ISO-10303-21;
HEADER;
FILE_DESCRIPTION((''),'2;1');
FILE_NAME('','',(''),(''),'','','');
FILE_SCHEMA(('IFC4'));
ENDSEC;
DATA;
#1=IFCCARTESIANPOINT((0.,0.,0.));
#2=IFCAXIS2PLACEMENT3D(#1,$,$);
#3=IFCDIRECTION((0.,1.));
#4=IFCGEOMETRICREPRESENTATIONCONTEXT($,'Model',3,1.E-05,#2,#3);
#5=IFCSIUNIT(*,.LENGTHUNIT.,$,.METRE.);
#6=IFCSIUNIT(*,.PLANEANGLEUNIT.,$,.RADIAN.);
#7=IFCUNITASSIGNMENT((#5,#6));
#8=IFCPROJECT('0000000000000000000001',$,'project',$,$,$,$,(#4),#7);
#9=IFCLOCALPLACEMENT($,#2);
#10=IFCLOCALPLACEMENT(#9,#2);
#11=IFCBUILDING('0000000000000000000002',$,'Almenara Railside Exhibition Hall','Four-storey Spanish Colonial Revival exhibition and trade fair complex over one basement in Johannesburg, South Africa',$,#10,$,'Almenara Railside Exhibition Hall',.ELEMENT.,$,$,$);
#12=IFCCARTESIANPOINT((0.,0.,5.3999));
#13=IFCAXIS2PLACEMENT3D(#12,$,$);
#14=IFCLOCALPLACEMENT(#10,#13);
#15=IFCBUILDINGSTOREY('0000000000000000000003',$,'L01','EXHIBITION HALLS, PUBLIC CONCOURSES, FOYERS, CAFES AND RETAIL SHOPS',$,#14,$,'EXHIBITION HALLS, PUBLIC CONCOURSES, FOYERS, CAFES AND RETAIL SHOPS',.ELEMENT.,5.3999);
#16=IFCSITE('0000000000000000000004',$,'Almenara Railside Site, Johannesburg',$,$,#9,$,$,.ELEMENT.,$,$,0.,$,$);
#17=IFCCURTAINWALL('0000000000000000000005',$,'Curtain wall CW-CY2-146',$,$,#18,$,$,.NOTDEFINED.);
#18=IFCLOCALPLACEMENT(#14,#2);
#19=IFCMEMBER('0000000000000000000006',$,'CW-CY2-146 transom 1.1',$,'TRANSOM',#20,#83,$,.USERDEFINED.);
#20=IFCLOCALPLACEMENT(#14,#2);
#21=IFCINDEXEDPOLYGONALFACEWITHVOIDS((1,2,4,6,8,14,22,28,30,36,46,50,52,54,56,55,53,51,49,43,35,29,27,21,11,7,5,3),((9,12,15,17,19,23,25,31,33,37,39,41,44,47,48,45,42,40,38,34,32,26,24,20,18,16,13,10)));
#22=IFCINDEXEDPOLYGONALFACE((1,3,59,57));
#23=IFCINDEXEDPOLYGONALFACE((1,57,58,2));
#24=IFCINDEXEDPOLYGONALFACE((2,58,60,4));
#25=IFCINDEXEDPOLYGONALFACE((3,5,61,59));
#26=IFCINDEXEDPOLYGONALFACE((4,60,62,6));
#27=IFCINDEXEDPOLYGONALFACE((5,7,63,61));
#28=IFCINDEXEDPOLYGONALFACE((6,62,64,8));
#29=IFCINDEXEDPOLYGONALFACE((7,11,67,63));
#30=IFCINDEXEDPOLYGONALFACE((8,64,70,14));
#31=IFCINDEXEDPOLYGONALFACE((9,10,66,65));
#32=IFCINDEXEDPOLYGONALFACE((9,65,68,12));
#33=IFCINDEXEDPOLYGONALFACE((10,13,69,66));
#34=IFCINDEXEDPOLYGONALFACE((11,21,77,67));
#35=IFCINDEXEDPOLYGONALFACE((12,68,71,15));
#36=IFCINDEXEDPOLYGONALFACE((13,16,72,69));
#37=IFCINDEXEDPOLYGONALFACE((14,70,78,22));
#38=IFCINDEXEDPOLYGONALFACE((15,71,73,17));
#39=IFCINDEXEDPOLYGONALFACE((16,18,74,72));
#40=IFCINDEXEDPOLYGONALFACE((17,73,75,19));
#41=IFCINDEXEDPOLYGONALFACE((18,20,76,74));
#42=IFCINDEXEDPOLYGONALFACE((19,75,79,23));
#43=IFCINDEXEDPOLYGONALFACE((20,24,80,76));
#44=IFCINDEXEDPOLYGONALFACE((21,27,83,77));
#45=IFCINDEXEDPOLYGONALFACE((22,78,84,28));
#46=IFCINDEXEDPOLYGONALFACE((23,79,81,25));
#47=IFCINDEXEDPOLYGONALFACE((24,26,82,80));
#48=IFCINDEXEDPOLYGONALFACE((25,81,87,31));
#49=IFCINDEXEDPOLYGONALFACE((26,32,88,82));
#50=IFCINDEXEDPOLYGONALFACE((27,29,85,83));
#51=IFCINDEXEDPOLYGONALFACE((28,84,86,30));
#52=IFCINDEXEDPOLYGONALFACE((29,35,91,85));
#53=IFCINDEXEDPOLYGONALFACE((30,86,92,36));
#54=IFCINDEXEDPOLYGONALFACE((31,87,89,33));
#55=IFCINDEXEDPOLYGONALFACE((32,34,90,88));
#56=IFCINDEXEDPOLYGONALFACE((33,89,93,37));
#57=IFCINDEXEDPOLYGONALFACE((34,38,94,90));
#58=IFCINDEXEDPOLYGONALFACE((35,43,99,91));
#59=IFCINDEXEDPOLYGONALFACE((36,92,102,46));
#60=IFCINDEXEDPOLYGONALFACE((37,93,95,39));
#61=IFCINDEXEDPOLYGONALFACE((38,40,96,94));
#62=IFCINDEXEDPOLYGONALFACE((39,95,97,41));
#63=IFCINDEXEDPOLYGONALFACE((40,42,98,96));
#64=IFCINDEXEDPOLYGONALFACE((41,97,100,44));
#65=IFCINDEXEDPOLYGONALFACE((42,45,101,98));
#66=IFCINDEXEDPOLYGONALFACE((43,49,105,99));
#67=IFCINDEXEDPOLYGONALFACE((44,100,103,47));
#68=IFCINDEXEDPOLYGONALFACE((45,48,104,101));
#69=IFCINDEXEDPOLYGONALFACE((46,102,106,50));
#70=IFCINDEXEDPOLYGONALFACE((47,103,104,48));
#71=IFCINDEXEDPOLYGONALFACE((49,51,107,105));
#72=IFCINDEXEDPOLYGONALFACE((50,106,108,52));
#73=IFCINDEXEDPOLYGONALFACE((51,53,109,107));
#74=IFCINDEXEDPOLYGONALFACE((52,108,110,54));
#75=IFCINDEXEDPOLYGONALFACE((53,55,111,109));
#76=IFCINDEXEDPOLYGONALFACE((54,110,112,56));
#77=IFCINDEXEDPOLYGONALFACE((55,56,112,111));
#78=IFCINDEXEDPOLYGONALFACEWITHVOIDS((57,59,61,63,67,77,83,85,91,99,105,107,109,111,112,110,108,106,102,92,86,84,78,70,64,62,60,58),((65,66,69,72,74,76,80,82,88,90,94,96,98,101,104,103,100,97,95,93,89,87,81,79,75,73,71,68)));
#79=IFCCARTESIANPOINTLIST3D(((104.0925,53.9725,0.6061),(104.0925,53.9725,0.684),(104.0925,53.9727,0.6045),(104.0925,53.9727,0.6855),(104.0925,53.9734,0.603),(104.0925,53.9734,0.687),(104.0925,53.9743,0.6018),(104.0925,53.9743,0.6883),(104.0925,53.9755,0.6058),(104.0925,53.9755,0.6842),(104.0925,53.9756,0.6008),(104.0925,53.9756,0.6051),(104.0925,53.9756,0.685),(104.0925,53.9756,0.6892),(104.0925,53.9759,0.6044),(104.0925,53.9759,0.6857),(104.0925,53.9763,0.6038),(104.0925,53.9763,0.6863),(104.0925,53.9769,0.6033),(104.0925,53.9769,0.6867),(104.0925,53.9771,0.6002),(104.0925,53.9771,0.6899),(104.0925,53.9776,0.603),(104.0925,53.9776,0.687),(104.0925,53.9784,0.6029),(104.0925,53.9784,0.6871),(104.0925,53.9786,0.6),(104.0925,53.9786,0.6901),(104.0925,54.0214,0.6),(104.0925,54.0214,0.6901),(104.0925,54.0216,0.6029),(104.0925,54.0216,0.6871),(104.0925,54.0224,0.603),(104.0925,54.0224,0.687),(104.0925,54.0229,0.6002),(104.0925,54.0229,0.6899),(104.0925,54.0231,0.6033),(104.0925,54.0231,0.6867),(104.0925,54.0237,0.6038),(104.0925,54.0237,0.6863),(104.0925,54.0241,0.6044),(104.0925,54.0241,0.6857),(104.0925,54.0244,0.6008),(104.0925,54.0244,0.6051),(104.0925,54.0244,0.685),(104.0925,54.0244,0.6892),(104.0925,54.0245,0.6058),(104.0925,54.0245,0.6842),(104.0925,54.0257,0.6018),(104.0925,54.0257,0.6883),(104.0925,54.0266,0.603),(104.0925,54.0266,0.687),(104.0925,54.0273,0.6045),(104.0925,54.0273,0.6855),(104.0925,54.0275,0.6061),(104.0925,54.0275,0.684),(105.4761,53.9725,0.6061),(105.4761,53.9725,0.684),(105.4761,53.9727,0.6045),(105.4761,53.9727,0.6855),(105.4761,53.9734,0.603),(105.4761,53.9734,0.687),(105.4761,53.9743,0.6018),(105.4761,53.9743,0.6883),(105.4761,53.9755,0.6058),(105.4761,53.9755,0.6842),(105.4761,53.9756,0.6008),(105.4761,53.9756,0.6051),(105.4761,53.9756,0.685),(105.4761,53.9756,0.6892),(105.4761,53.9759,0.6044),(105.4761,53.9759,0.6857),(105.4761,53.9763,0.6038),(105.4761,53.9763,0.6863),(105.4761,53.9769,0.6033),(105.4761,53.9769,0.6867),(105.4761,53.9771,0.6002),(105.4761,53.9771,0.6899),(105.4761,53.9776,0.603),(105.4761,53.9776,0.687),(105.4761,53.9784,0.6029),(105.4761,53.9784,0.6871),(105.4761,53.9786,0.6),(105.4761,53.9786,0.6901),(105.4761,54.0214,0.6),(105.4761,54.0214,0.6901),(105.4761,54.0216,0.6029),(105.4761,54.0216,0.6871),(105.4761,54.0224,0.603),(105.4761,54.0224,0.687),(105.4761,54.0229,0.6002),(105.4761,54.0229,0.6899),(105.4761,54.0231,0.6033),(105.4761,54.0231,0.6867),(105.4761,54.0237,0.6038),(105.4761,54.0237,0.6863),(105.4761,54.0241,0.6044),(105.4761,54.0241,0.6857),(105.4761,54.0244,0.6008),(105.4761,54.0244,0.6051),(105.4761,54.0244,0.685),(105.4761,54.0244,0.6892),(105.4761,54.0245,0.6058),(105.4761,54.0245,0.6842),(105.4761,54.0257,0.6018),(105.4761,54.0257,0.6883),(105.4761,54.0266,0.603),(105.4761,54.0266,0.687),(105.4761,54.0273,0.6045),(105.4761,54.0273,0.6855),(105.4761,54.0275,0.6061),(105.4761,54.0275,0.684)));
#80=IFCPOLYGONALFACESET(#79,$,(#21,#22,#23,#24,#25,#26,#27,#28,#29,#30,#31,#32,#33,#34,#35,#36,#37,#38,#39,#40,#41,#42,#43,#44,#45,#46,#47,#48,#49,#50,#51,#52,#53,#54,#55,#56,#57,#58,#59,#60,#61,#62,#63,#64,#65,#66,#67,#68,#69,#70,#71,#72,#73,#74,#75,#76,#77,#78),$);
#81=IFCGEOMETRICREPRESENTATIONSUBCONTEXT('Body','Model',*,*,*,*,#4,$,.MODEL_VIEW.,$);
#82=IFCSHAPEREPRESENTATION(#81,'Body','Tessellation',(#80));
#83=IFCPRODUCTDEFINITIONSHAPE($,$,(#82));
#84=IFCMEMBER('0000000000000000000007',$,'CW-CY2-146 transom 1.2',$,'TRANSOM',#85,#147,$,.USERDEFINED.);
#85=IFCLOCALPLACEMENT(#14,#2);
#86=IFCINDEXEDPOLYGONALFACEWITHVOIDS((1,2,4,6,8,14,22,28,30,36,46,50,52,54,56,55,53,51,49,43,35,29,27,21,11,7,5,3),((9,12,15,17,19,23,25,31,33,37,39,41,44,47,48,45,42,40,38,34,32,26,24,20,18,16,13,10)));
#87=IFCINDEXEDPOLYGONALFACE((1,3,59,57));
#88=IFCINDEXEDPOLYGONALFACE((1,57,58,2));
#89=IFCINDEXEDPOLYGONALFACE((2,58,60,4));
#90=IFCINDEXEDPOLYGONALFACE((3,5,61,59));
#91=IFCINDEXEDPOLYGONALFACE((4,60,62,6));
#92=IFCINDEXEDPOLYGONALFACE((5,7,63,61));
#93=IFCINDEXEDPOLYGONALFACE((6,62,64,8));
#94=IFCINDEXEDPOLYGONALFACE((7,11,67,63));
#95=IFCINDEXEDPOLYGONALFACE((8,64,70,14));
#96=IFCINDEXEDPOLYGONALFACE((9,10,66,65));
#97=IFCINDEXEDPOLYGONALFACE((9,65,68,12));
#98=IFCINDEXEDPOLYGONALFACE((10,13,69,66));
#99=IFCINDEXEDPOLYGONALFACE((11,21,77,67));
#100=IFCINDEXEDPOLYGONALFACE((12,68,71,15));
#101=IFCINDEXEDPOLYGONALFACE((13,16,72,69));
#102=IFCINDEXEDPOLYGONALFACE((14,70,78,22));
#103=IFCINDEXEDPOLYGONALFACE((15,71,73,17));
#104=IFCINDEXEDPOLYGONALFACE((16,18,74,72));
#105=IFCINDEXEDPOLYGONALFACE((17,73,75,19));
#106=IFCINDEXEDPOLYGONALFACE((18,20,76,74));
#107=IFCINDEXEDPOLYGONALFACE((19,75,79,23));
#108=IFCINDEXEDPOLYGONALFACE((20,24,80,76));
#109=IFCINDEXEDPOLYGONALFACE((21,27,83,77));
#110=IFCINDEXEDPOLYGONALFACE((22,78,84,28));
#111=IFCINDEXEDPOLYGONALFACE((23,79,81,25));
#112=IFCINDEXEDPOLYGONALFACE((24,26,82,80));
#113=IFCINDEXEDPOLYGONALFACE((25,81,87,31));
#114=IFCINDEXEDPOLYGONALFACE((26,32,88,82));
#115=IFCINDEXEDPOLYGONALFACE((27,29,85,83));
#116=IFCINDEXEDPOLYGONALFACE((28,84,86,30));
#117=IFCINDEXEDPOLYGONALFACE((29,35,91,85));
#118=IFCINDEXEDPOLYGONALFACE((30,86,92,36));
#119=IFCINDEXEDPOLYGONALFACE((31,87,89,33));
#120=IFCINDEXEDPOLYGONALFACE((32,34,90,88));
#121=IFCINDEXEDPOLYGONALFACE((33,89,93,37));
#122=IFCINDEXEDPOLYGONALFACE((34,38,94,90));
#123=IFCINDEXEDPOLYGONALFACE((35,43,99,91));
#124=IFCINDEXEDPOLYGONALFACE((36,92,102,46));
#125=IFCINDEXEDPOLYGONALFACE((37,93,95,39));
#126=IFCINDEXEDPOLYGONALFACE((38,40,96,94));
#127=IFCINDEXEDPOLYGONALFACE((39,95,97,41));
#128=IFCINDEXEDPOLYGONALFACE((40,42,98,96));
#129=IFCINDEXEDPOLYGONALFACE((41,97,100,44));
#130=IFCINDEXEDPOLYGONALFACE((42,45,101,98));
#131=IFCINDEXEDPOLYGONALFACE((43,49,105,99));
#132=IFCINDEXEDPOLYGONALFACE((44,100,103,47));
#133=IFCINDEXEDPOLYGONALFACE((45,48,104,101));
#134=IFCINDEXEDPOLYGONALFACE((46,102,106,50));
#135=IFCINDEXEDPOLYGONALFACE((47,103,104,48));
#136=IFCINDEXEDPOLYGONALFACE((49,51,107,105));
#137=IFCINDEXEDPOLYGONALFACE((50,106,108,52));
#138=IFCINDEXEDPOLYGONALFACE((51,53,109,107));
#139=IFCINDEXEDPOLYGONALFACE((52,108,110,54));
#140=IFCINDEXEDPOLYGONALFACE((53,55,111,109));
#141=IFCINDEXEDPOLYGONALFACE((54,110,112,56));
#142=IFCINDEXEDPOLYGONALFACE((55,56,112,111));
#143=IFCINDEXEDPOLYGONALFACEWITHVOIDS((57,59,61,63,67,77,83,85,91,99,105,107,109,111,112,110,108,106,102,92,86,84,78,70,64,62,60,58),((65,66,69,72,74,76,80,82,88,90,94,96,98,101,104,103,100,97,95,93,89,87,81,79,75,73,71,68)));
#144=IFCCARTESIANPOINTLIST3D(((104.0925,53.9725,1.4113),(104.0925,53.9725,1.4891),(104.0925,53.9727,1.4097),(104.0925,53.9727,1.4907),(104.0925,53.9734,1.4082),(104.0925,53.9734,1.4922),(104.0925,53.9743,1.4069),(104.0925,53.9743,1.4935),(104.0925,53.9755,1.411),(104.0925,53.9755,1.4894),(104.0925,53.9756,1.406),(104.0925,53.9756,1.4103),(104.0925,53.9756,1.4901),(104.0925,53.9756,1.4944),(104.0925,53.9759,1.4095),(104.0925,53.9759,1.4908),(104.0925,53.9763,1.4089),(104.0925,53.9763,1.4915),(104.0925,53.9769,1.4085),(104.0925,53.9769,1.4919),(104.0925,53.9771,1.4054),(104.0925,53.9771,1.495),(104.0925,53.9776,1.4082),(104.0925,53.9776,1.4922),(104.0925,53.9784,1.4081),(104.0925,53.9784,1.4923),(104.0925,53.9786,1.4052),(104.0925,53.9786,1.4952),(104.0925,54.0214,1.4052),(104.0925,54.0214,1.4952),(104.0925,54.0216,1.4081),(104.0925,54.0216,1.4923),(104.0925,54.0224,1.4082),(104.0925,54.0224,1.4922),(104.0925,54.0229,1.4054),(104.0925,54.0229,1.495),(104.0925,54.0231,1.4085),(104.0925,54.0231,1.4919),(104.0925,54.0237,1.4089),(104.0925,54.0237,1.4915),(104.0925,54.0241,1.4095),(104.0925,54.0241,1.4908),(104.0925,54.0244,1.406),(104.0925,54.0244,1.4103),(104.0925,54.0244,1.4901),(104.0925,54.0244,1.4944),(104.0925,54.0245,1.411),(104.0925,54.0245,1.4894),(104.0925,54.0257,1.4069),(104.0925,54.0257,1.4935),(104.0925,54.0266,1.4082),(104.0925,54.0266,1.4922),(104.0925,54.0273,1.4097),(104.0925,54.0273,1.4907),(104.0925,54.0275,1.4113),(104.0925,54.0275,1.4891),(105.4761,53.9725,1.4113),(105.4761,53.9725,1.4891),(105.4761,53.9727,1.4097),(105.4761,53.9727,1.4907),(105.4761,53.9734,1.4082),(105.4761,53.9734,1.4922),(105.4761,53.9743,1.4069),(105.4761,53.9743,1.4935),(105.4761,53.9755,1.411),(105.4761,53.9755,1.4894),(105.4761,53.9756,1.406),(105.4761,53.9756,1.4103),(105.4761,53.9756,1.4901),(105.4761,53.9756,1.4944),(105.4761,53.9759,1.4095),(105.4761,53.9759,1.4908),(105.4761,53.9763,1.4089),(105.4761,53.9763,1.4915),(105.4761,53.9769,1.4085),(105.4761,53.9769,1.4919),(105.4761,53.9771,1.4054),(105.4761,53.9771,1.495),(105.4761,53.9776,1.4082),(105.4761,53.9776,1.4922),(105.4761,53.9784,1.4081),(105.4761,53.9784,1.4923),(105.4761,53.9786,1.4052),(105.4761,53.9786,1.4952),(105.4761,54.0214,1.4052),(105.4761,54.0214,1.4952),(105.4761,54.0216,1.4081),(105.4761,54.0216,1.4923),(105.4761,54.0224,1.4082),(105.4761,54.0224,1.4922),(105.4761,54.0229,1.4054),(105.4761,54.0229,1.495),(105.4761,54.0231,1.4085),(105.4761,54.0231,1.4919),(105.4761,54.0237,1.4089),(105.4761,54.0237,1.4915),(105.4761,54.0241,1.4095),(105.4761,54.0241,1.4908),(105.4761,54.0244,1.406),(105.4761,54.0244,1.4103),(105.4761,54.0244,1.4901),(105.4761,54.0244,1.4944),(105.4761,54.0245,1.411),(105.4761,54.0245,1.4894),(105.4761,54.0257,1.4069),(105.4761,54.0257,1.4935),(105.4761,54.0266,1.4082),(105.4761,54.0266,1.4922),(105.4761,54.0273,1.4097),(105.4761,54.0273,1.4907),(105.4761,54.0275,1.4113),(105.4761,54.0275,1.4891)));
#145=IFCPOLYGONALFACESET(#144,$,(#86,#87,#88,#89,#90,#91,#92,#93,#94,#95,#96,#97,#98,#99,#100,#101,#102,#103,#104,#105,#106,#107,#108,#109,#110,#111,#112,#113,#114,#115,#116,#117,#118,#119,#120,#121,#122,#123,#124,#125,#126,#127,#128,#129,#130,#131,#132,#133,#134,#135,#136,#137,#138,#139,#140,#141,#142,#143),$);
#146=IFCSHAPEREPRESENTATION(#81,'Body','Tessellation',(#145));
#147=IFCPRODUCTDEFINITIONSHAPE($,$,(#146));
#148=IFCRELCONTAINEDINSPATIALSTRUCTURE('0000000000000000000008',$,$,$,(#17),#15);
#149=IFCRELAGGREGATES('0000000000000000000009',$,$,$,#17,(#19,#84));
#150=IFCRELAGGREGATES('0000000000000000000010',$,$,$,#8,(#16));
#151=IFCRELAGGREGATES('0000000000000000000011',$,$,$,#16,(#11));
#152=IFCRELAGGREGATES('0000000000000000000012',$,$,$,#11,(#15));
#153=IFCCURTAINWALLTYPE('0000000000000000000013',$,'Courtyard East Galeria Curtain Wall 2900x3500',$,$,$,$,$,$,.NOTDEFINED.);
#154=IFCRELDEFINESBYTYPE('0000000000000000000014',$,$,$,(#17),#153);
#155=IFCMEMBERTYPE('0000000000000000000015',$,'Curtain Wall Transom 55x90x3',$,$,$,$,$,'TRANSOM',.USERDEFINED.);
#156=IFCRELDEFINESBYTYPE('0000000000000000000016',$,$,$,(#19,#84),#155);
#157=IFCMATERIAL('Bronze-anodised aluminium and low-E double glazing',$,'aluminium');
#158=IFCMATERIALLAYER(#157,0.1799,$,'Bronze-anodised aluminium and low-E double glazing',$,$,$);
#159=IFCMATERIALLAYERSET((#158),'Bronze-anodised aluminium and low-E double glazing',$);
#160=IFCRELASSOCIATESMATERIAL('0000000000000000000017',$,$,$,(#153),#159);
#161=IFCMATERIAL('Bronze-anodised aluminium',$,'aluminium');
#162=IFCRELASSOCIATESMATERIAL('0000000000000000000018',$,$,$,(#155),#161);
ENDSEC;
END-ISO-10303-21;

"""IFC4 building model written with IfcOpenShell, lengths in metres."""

from ifc_helpers import new_model, si_unit, direction, frame, origin, origin_2d, place, context, subcontext, project, spatial, hollow_rectangle, extrude, material, layer, layer_set, material_profile, profile_set, type_object, element, aggregate, save


model = new_model("IFC4")

# Units and contexts
model_context = context("Model", 3, precision=1e-05, world=origin(), true_north=direction((0.0, 1.0)))
body_context = subcontext(model_context, "Body", "Model", "MODEL_VIEW")
ifc_project = project(units=[si_unit("LENGTHUNIT", "METRE"), si_unit("PLANEANGLEUNIT", "RADIAN")], contexts=[model_context])

# Site, building, storey
site_placement = place(None, origin())
site = spatial("IfcSite", under=ifc_project, at=site_placement, Name="Almenara Railside Site, Johannesburg", CompositionType="ELEMENT", RefElevation=0.0)
building_placement = place(site_placement, origin())
building = spatial("IfcBuilding", under=site, at=building_placement, Name="Almenara Railside Exhibition Hall", Description="Four-storey Spanish Colonial Revival exhibition and trade fair complex over one basement in Johannesburg, South Africa", LongName="Almenara Railside Exhibition Hall", CompositionType="ELEMENT")
storey_placement = place(building_placement, frame((0.0, 0.0, 5.3999)))
storey = spatial("IfcBuildingStorey", under=building, at=storey_placement, Name="L01", Description="EXHIBITION HALLS, PUBLIC CONCOURSES, FOYERS, CAFES AND RETAIL SHOPS", LongName="EXHIBITION HALLS, PUBLIC CONCOURSES, FOYERS, CAFES AND RETAIL SHOPS", CompositionType="ELEMENT", Elevation=5.3999)

# Curtain wall
ifc_material_1 = material(Name="Bronze-anodised aluminium and low-E double glazing", Category="aluminium")
ifc_layer_1 = layer(ifc_material_1, 0.1799, Name="Bronze-anodised aluminium and low-E double glazing")
ifc_layer_set_1 = layer_set([ifc_layer_1], Name="Bronze-anodised aluminium and low-E double glazing")
curtain_wall_type = type_object("IfcCurtainWallType", Name="Courtyard East Galeria Curtain Wall 2900x3500", PredefinedType="NOTDEFINED", material=ifc_layer_set_1)
curtain_wall_1_placement = place(storey_placement, origin())
curtain_wall_1 = element("IfcCurtainWall", 1, at=curtain_wall_1_placement, inside=storey, type_object=curtain_wall_type, Name="Curtain wall CW-CY2-146", PredefinedType="NOTDEFINED")
ifc_material_2 = material(Name="Bronze-anodised aluminium", Category="aluminium")

# Members
ifc_material_profile_1 = material_profile(ifc_material_2, hollow_rectangle(XDim=0.0549, YDim=0.0901, WallThickness=0.0029, InnerFilletRadius=0.0029, OuterFilletRadius=0.0061, at=origin_2d()), Name="ALU-TRN 55x90x3")
ifc_profile_set_1 = profile_set([ifc_material_profile_1], Name="Bronze-anodised aluminium")
member_type_1 = type_object("IfcMemberType", Name="Curtain Wall Transom 55x90x3", ElementType="TRANSOM", PredefinedType="USERDEFINED", material=ifc_profile_set_1)
member_1_placement = place(storey_placement, frame((104.0925, 54.0, 0.645), z_axis=(1.0, 0.0, 0.0), x_axis=(0.0, 1.0, 0.0)))
member_1 = element("IfcMember", 2, at=member_1_placement, type_object=member_type_1, Name="CW-CY2-146 transom 1.1", ObjectType="TRANSOM", PredefinedType="USERDEFINED", context=body_context, shape_type="SweptSolid", body=[
    extrude(hollow_rectangle(XDim=0.0549, YDim=0.0901, WallThickness=0.0029, InnerFilletRadius=0.0029, OuterFilletRadius=0.0061, at=origin_2d()), origin(), (0.0, 0.0, 1.0), 1.3835),
])
member_2_placement = place(storey_placement, frame((104.0925, 54.0, 1.4502), z_axis=(1.0, 0.0, 0.0), x_axis=(0.0, 1.0, 0.0)))
member_2 = element("IfcMember", 3, at=member_2_placement, type_object=member_type_1, Name="CW-CY2-146 transom 1.2", ObjectType="TRANSOM", PredefinedType="USERDEFINED", context=body_context, shape_type="SweptSolid", body=[
    extrude(hollow_rectangle(XDim=0.0549, YDim=0.0901, WallThickness=0.0029, InnerFilletRadius=0.0029, OuterFilletRadius=0.0061, at=origin_2d()), origin(), (0.0, 0.0, 1.0), 1.3835),
])

aggregate(curtain_wall_1, [member_1, member_2])

save(model, "model.ifc")
